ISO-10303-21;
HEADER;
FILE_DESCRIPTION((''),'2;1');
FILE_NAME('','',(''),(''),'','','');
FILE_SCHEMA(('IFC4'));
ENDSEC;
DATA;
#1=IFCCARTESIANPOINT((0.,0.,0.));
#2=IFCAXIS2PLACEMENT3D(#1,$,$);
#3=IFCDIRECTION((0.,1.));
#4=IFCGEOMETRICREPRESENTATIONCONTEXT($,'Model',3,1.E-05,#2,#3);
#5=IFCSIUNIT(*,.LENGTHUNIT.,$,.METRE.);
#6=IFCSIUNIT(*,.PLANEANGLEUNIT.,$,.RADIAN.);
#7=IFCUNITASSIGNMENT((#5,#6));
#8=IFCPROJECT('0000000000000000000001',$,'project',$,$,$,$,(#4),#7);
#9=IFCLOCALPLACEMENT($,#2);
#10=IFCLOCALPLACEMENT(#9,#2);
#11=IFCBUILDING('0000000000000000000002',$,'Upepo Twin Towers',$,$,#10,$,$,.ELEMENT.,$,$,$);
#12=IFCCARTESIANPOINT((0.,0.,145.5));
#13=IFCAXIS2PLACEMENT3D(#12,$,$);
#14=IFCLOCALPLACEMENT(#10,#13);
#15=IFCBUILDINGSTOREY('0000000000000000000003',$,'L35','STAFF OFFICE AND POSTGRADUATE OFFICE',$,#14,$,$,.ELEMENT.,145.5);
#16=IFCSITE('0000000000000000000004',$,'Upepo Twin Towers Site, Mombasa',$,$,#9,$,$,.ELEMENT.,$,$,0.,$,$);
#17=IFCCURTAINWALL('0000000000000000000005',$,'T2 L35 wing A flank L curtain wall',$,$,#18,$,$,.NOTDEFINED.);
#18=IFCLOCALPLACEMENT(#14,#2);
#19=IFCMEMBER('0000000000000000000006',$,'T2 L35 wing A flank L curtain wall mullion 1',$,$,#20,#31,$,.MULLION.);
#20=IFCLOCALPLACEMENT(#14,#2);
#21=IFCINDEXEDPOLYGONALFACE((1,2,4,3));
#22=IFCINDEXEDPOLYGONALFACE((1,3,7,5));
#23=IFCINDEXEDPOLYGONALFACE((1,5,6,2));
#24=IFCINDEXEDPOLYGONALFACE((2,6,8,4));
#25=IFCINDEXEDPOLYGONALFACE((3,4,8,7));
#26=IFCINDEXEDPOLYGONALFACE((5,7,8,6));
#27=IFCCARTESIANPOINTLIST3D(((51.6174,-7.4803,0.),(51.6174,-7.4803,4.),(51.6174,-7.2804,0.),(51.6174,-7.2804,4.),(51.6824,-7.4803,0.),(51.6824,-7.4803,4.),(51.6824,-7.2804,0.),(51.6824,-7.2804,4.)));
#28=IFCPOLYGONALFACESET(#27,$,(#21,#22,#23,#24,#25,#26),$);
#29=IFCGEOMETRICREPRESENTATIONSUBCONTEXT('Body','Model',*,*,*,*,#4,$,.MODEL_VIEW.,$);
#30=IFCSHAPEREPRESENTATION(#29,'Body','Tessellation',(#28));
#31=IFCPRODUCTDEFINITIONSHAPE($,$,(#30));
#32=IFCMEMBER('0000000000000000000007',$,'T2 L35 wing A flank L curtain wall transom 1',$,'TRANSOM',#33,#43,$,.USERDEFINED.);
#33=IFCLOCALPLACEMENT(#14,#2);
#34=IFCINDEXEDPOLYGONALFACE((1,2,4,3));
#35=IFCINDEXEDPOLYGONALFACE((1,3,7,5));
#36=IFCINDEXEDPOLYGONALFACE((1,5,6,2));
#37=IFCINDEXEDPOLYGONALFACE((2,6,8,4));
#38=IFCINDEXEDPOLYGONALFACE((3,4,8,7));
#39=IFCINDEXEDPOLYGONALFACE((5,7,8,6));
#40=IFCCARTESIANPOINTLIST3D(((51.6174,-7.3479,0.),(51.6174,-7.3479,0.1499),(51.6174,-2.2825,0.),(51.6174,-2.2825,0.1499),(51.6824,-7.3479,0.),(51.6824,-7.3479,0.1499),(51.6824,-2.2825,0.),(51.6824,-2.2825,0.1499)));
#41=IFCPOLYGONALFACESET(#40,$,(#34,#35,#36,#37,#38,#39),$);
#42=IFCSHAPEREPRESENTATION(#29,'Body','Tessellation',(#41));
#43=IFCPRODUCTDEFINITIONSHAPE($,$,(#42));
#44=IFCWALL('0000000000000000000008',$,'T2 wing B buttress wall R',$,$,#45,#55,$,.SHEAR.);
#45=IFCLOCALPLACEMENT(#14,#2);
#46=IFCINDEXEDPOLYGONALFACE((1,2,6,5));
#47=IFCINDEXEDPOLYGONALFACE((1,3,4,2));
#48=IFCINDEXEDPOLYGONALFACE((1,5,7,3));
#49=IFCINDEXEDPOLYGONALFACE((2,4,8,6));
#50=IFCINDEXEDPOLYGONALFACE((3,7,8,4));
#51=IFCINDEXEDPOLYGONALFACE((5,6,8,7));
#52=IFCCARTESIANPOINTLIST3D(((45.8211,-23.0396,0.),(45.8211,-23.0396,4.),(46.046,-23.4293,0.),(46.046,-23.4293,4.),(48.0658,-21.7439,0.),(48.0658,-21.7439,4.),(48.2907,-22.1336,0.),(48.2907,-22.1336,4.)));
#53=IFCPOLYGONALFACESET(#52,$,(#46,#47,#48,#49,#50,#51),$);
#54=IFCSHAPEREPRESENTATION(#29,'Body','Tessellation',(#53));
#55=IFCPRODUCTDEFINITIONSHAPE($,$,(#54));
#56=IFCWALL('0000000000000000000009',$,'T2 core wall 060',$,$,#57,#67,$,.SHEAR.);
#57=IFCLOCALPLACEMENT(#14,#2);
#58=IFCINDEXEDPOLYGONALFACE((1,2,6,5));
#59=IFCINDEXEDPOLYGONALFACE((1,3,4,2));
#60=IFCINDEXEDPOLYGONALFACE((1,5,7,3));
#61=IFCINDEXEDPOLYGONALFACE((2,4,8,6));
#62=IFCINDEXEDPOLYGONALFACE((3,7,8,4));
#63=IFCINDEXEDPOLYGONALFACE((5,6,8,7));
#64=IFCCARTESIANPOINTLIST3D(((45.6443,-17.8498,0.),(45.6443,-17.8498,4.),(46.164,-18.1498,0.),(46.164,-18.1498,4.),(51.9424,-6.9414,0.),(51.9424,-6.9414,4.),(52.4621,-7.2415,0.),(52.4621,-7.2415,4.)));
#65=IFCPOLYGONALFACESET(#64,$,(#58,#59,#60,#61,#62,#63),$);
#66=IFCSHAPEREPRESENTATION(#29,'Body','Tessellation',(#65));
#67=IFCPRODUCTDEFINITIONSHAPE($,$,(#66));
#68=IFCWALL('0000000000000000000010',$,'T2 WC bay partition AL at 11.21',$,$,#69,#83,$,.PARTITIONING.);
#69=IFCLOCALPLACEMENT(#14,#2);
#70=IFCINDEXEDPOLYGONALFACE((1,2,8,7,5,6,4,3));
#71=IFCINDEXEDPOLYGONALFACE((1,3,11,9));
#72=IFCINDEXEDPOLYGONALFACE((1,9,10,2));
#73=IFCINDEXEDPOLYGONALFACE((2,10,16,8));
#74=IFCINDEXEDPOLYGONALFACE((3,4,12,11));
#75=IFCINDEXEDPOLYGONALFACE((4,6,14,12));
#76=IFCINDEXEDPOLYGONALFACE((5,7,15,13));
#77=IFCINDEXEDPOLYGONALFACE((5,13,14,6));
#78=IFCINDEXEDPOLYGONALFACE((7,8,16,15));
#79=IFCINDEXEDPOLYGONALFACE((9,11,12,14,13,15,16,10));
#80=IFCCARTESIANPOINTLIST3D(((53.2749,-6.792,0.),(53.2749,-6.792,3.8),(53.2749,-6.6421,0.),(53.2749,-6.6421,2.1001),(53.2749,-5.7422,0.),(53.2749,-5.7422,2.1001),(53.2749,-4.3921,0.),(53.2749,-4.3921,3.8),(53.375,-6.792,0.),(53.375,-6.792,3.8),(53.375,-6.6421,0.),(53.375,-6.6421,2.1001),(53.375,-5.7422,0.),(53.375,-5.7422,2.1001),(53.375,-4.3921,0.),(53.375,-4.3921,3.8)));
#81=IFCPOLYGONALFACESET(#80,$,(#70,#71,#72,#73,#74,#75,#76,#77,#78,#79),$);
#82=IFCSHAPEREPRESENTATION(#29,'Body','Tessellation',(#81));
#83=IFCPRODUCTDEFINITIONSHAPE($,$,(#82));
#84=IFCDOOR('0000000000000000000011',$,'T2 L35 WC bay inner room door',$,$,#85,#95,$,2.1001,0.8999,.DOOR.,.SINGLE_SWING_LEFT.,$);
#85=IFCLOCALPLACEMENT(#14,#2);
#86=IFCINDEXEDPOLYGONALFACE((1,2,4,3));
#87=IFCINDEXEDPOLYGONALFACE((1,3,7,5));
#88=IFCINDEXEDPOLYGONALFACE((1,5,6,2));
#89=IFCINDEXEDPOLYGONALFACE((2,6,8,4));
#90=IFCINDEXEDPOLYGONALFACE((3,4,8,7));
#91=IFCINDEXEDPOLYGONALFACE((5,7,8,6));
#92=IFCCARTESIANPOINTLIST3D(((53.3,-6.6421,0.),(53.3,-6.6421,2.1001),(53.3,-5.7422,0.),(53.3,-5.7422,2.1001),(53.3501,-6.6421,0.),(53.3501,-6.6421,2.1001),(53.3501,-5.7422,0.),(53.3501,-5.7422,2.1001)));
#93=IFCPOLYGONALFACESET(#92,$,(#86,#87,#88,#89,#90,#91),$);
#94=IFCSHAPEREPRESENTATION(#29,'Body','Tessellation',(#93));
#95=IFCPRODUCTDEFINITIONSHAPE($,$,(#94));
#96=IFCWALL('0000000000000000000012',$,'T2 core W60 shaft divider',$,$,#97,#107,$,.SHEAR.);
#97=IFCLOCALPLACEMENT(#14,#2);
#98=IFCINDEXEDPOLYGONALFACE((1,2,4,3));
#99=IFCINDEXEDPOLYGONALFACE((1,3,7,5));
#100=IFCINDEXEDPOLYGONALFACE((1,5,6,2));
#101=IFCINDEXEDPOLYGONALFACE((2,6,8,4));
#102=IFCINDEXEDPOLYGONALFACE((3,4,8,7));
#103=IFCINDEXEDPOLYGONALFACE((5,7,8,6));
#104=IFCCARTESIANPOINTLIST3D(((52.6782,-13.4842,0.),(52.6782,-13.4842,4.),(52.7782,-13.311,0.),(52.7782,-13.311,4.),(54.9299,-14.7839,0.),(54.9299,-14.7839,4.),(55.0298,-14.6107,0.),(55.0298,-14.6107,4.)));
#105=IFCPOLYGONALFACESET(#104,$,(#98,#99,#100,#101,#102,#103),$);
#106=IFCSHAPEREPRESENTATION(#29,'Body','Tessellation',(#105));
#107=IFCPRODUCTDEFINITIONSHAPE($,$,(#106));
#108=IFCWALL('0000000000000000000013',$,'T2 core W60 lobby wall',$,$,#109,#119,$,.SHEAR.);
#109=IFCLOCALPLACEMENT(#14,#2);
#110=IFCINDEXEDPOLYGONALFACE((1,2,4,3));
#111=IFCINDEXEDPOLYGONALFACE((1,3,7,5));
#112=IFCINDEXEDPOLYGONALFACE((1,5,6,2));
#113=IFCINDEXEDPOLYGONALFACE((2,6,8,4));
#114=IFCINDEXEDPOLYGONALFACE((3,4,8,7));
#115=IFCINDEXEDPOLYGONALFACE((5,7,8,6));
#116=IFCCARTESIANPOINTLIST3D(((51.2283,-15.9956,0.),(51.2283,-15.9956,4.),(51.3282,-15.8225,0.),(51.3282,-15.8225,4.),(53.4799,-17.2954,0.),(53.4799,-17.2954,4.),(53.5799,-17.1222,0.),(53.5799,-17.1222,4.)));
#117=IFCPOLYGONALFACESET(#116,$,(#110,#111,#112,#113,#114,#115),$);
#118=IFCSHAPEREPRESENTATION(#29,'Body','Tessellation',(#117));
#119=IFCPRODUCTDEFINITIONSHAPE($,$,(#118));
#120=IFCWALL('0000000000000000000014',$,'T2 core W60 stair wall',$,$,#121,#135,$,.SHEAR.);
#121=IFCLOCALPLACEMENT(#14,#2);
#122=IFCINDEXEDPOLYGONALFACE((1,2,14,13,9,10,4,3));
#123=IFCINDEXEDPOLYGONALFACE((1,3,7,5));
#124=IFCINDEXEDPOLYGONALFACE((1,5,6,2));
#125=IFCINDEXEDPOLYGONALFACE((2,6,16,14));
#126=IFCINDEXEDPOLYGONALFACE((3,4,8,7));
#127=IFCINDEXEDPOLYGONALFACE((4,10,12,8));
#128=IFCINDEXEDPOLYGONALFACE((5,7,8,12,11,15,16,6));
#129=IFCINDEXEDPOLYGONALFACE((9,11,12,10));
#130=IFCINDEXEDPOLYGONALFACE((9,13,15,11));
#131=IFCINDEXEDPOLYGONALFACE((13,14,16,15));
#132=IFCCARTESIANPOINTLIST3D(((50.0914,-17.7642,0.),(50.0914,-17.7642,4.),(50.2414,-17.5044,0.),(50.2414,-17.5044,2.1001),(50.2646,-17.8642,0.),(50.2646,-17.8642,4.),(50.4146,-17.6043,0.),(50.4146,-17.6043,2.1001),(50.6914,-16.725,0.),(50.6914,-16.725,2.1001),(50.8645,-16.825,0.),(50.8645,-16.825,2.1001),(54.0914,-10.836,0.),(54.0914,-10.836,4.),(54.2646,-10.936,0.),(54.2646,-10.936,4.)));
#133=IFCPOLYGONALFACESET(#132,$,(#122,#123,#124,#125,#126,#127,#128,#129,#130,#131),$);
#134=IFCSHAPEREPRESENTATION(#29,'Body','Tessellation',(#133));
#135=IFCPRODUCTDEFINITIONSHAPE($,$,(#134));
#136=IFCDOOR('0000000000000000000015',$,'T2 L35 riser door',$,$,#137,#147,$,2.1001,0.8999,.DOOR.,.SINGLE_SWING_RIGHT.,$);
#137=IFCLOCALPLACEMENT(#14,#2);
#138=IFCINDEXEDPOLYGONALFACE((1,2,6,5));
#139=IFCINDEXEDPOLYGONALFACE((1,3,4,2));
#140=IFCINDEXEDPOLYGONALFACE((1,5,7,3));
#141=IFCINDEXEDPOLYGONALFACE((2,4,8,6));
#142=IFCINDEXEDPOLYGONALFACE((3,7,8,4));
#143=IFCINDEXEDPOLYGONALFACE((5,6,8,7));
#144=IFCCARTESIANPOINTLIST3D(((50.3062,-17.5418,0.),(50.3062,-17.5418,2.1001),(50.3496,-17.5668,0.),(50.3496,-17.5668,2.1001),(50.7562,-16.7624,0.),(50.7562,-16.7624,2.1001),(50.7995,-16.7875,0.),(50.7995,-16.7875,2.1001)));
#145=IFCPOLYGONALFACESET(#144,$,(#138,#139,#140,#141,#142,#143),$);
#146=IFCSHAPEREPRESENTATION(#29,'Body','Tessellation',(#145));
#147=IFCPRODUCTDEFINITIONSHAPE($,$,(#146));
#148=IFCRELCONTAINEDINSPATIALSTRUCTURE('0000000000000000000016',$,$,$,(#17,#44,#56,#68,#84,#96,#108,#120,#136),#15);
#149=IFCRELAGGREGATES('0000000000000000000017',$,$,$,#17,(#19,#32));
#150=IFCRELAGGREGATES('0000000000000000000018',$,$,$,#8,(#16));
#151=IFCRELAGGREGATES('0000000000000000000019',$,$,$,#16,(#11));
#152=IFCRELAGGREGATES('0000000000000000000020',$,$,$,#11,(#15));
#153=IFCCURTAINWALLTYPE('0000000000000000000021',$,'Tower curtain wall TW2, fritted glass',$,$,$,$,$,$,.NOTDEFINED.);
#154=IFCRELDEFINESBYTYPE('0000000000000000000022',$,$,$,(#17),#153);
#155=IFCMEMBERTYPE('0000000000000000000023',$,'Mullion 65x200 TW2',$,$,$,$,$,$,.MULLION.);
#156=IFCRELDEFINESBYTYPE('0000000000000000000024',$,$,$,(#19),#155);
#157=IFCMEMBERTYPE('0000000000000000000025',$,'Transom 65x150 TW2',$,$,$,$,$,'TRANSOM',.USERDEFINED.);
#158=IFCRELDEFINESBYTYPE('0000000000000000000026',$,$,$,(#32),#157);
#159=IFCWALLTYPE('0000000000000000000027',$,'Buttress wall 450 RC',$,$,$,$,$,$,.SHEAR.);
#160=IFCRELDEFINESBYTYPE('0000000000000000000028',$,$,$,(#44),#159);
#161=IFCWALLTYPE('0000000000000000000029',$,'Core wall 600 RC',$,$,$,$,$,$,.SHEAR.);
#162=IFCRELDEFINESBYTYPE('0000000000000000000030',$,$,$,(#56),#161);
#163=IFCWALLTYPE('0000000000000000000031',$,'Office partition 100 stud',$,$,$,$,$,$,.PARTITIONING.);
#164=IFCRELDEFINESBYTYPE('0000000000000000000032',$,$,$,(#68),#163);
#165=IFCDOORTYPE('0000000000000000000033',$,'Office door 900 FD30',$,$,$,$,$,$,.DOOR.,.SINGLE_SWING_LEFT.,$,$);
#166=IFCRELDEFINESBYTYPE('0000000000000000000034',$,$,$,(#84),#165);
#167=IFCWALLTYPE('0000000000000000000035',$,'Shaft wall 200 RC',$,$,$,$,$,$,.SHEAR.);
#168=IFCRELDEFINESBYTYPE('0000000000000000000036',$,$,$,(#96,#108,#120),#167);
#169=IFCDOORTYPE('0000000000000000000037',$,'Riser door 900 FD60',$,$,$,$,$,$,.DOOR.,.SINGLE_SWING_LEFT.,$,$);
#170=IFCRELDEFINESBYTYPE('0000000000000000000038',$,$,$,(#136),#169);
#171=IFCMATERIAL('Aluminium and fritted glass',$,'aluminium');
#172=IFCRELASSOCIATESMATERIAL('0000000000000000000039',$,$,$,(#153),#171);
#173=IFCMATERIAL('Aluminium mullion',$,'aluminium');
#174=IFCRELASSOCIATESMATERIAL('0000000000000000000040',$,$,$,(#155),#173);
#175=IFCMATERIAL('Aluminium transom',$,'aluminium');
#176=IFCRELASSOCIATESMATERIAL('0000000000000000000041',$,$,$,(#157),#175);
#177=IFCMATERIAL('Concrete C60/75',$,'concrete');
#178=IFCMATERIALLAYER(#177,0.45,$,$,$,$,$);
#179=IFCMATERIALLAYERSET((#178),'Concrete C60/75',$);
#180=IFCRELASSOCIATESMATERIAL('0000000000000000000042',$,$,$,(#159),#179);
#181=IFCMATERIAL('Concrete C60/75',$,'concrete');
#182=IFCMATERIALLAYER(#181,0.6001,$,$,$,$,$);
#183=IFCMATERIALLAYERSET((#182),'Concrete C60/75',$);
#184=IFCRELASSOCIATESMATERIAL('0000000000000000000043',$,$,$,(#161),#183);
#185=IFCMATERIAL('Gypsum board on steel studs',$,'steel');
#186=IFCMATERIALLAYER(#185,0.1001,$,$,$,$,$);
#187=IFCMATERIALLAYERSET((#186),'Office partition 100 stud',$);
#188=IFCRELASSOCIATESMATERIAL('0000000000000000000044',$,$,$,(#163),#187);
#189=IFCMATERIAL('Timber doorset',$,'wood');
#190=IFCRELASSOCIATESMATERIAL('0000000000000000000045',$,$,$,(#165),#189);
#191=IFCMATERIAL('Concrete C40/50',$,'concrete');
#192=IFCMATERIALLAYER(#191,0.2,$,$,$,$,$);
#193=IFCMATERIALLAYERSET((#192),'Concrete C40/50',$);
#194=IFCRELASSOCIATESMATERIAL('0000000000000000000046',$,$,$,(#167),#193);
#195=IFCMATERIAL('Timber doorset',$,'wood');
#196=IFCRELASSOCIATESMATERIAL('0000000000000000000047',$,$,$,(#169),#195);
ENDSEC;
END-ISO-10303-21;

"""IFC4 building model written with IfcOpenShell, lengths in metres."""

from ifc_helpers import new_model, si_unit, direction, frame, frame_2d, origin, origin_2d, place, context, subcontext, project, spatial, rectangle, extrude, material, layer, layer_set, material_profile, profile_set, type_object, element, fill, aggregate, save


model = new_model("IFC4")

# Units and contexts
model_context = context("Model", 3, precision=1e-05, world=origin(), true_north=direction((0.0, 1.0)))
body_context = subcontext(model_context, "Body", "Model", "MODEL_VIEW")
ifc_project = project(units=[si_unit("LENGTHUNIT", "METRE"), si_unit("PLANEANGLEUNIT", "RADIAN")], contexts=[model_context])

# Site, building, storey
site_placement = place(None, origin())
site = spatial("IfcSite", under=ifc_project, at=site_placement, Name="Upepo Twin Towers Site, Mombasa", CompositionType="ELEMENT", RefElevation=0.0)
building_placement = place(site_placement, origin())
building = spatial("IfcBuilding", under=site, at=building_placement, Name="Upepo Twin Towers", CompositionType="ELEMENT")
storey_placement = place(building_placement, frame((0.0, 0.0, 145.5)))
storey = spatial("IfcBuildingStorey", under=building, at=storey_placement, Name="L35", Description="STAFF OFFICE AND POSTGRADUATE OFFICE", CompositionType="ELEMENT", Elevation=145.5)

# Curtain wall, members
ifc_material_1 = material(Name="Aluminium and fritted glass", Category="aluminium")
curtain_wall_type = type_object("IfcCurtainWallType", Name="Tower curtain wall TW2, fritted glass", PredefinedType="NOTDEFINED", material=ifc_material_1)
curtain_wall_placement = place(storey_placement, origin())
curtain_wall = element("IfcCurtainWall", 1, at=curtain_wall_placement, inside=storey, type_object=curtain_wall_type, Name="T2 L35 wing A flank L curtain wall", PredefinedType="NOTDEFINED")
ifc_material_2 = material(Name="Aluminium mullion", Category="aluminium")
ifc_material_profile_1 = material_profile(ifc_material_2, rectangle(XDim=0.0649, YDim=0.2, at=origin_2d()), Name="MULLION 65x200")
ifc_profile_set_1 = profile_set([ifc_material_profile_1], Name="Aluminium mullion")
member_type_1 = type_object("IfcMemberType", Name="Mullion 65x200 TW2", PredefinedType="MULLION", material=ifc_profile_set_1)
member_1_placement = place(storey_placement, frame((51.6499, -7.3804, 0.0), z_axis=(0.0, 0.0, 1.0), x_axis=(-1.0, 0.0, 0.0)))
member_1 = element("IfcMember", 2, at=member_1_placement, type_object=member_type_1, Name="T2 L35 wing A flank L curtain wall mullion 1", PredefinedType="MULLION", context=body_context, shape_type="SweptSolid", body=[
    extrude(rectangle(XDim=0.0649, YDim=0.2, at=origin_2d()), origin(), (0.0, 0.0, 1.0), 4.0),
])
ifc_material_3 = material(Name="Aluminium transom", Category="aluminium")
ifc_material_profile_2 = material_profile(ifc_material_3, rectangle(XDim=0.0649, YDim=0.1499, at=origin_2d()), Name="TRANSOM 65x150")
ifc_profile_set_2 = profile_set([ifc_material_profile_2], Name="Aluminium transom")
member_type_2 = type_object("IfcMemberType", Name="Transom 65x150 TW2", ElementType="TRANSOM", PredefinedType="USERDEFINED", material=ifc_profile_set_2)
member_2_placement = place(storey_placement, frame((51.6499, -7.3479, 0.075), z_axis=(0.0, 1.0, 0.0), x_axis=(-1.0, 0.0, 0.0)))
member_2 = element("IfcMember", 3, at=member_2_placement, type_object=member_type_2, Name="T2 L35 wing A flank L curtain wall transom 1", ObjectType="TRANSOM", PredefinedType="USERDEFINED", context=body_context, shape_type="SweptSolid", body=[
    extrude(rectangle(XDim=0.0649, YDim=0.1499, at=origin_2d()), origin(), (0.0, 0.0, 1.0), 5.0654),
])
aggregate(curtain_wall, [member_1, member_2])

# Walls
ifc_material_4 = material(Name="Concrete C60/75", Category="concrete")
ifc_layer_1 = layer(ifc_material_4, 0.45)
ifc_layer_set_1 = layer_set([ifc_layer_1], Name="Concrete C60/75")
wall_type_1 = type_object("IfcWallType", Name="Buttress wall 450 RC", PredefinedType="SHEAR", material=ifc_layer_set_1)
wall_1_placement = place(storey_placement, frame((48.1782, -21.9387, 0.0), z_axis=(0.0, 0.0, 1.0), x_axis=(-0.866073, -0.499918, 0.0)))
element("IfcWall", 4, at=wall_1_placement, inside=storey, type_object=wall_type_1, Name="T2 wing B buttress wall R", PredefinedType="SHEAR", context=body_context, shape_type="SweptSolid", body=[
    extrude(rectangle(XDim=2.5918, YDim=0.45, at=frame_2d((1.2959, 0.0))), origin(), (0.0, 0.0, 1.0), 4.0),
])
ifc_material_5 = material(Name="Concrete C60/75", Category="concrete")
ifc_layer_2 = layer(ifc_material_5, 0.6001)
ifc_layer_set_2 = layer_set([ifc_layer_2], Name="Concrete C60/75")
wall_type_2 = type_object("IfcWallType", Name="Core wall 600 RC", PredefinedType="SHEAR", material=ifc_layer_set_2)
wall_2_placement = place(storey_placement, frame((52.2021, -7.0916, 0.0), z_axis=(0.0, 0.0, 1.0), x_axis=(-0.500006, -0.866022, 0.0)))
element("IfcWall", 5, at=wall_2_placement, inside=storey, type_object=wall_type_2, Name="T2 core wall 060", PredefinedType="SHEAR", context=body_context, shape_type="SweptSolid", body=[
    extrude(rectangle(XDim=12.5959, YDim=0.6001, at=frame_2d((6.2979, 0.0))), origin(), (0.0, 0.0, 1.0), 4.0),
])

# Wall, opening, door
ifc_material_6 = material(Name="Gypsum board on steel studs", Category="steel")
ifc_layer_3 = layer(ifc_material_6, 0.1001)
ifc_layer_set_3 = layer_set([ifc_layer_3], Name="Office partition 100 stud")
wall_type_3 = type_object("IfcWallType", Name="Office partition 100 stud", PredefinedType="PARTITIONING", material=ifc_layer_set_3)
wall_3_placement = place(storey_placement, frame((53.325, -6.792, 0.0), z_axis=(0.0, 0.0, 1.0), x_axis=(0.0, 1.0, 0.0)))
wall_3 = element("IfcWall", 6, at=wall_3_placement, inside=storey, type_object=wall_type_3, Name="T2 WC bay partition AL at 11.21", PredefinedType="PARTITIONING", context=body_context, shape_type="SweptSolid", body=[
    extrude(rectangle(XDim=2.3999, YDim=0.1001, at=frame_2d((1.2, 0.0))), origin(), (0.0, 0.0, 1.0), 3.8),
])
opening_1_placement = place(wall_3_placement, frame((0.1499, 0.0, 0.0)))
opening_1 = element("IfcOpeningElement", 7, at=opening_1_placement, cuts=wall_3, PredefinedType="OPENING", context=body_context, shape_type="SweptSolid", body=[
    extrude(rectangle(XDim=0.8999, YDim=2.1001, at=frame_2d((0.45, 1.05))), frame((0.0, 0.0601, 0.0), z_axis=(0.0, -1.0, 0.0), x_axis=(1.0, 0.0, 0.0)), (0.0, 0.0, 1.0), 0.1201),
])
ifc_material_7 = material(Name="Timber doorset", Category="wood")
door_type_1 = type_object("IfcDoorType", Name="Office door 900 FD30", OperationType="SINGLE_SWING_LEFT", PredefinedType="DOOR", material=ifc_material_7)
door_1_placement = place(opening_1_placement, origin())
door_1 = element("IfcDoor", 8, at=door_1_placement, inside=storey, type_object=door_type_1, Name="T2 L35 WC bay inner room door", OperationType="SINGLE_SWING_LEFT", OverallHeight=2.1001, OverallWidth=0.8999, PredefinedType="DOOR", context=body_context, shape_type="SweptSolid", body=[
    extrude(rectangle(XDim=0.8999, YDim=2.1001, at=frame_2d((0.45, 1.05))), frame((0.0, 0.0249, 0.0), z_axis=(0.0, -1.0, 0.0), x_axis=(1.0, 0.0, 0.0)), (0.0, 0.0, 1.0), 0.05),
])
fill(opening_1, door_1)

# Walls
ifc_material_8 = material(Name="Concrete C40/50", Category="concrete")
ifc_layer_4 = layer(ifc_material_8, 0.2)
ifc_layer_set_4 = layer_set([ifc_layer_4], Name="Concrete C40/50")
wall_type_4 = type_object("IfcWallType", Name="Shaft wall 200 RC", PredefinedType="SHEAR", material=ifc_layer_set_4)
for number, where, z_axis, x_axis, name in (
    (9, (54.9797, -14.6973, 0.0), (0.0, 0.0, 1.0), (-0.866062, 0.499937, 0.0), "T2 core W60 shaft divider"),
    (10, (53.5298, -17.2087, 0.0), (0.0, 0.0, 1.0), (-0.866062, 0.499937, 0.0), "T2 core W60 lobby wall"),
):
    element("IfcWall", number, at=place(storey_placement, frame(where, z_axis=z_axis, x_axis=x_axis)), inside=storey, type_object=wall_type_4, Name=name, PredefinedType="SHEAR", context=body_context, shape_type="SweptSolid", body=[
        extrude(rectangle(XDim=2.5999, YDim=0.2, at=frame_2d((1.2998, 0.0))), origin(), (0.0, 0.0, 1.0), 4.0),
    ])

# Wall, opening, door
wall_4_placement = place(storey_placement, frame((54.178, -10.886, 0.0), z_axis=(0.0, 0.0, 1.0), x_axis=(-0.499999, -0.866026, 0.0)))
wall_4 = element("IfcWall", 11, at=wall_4_placement, inside=storey, type_object=wall_type_4, Name="T2 core W60 stair wall", PredefinedType="SHEAR", context=body_context, shape_type="SweptSolid", body=[
    extrude(rectangle(XDim=8.0, YDim=0.2, at=frame_2d((4.0, 0.0))), origin(), (0.0, 0.0, 1.0), 4.0),
])
opening_2_placement = place(wall_4_placement, frame((6.8, 0.0, 0.0)))
opening_2 = element("IfcOpeningElement", 12, at=opening_2_placement, cuts=wall_4, PredefinedType="OPENING", context=body_context, shape_type="SweptSolid", body=[
    extrude(rectangle(XDim=0.8999, YDim=2.1001, at=frame_2d((0.45, 1.05))), frame((0.0, 0.1099, 0.0), z_axis=(0.0, -1.0, 0.0), x_axis=(1.0, 0.0, 0.0)), (0.0, 0.0, 1.0), 0.22),
])
ifc_material_9 = material(Name="Timber doorset", Category="wood")
door_type_2 = type_object("IfcDoorType", Name="Riser door 900 FD60", OperationType="SINGLE_SWING_LEFT", PredefinedType="DOOR", material=ifc_material_9)
door_2_placement = place(opening_2_placement, origin())
door_2 = element("IfcDoor", 13, at=door_2_placement, inside=storey, type_object=door_type_2, Name="T2 L35 riser door", OperationType="SINGLE_SWING_RIGHT", OverallHeight=2.1001, OverallWidth=0.8999, PredefinedType="DOOR", context=body_context, shape_type="SweptSolid", body=[
    extrude(rectangle(XDim=0.8999, YDim=2.1001, at=frame_2d((0.45, 1.05))), frame((0.0, 0.0249, 0.0), z_axis=(0.0, -1.0, 0.0), x_axis=(1.0, 0.0, 0.0)), (0.0, 0.0, 1.0), 0.05),
])
fill(opening_2, door_2)

save(model, "model.ifc")
